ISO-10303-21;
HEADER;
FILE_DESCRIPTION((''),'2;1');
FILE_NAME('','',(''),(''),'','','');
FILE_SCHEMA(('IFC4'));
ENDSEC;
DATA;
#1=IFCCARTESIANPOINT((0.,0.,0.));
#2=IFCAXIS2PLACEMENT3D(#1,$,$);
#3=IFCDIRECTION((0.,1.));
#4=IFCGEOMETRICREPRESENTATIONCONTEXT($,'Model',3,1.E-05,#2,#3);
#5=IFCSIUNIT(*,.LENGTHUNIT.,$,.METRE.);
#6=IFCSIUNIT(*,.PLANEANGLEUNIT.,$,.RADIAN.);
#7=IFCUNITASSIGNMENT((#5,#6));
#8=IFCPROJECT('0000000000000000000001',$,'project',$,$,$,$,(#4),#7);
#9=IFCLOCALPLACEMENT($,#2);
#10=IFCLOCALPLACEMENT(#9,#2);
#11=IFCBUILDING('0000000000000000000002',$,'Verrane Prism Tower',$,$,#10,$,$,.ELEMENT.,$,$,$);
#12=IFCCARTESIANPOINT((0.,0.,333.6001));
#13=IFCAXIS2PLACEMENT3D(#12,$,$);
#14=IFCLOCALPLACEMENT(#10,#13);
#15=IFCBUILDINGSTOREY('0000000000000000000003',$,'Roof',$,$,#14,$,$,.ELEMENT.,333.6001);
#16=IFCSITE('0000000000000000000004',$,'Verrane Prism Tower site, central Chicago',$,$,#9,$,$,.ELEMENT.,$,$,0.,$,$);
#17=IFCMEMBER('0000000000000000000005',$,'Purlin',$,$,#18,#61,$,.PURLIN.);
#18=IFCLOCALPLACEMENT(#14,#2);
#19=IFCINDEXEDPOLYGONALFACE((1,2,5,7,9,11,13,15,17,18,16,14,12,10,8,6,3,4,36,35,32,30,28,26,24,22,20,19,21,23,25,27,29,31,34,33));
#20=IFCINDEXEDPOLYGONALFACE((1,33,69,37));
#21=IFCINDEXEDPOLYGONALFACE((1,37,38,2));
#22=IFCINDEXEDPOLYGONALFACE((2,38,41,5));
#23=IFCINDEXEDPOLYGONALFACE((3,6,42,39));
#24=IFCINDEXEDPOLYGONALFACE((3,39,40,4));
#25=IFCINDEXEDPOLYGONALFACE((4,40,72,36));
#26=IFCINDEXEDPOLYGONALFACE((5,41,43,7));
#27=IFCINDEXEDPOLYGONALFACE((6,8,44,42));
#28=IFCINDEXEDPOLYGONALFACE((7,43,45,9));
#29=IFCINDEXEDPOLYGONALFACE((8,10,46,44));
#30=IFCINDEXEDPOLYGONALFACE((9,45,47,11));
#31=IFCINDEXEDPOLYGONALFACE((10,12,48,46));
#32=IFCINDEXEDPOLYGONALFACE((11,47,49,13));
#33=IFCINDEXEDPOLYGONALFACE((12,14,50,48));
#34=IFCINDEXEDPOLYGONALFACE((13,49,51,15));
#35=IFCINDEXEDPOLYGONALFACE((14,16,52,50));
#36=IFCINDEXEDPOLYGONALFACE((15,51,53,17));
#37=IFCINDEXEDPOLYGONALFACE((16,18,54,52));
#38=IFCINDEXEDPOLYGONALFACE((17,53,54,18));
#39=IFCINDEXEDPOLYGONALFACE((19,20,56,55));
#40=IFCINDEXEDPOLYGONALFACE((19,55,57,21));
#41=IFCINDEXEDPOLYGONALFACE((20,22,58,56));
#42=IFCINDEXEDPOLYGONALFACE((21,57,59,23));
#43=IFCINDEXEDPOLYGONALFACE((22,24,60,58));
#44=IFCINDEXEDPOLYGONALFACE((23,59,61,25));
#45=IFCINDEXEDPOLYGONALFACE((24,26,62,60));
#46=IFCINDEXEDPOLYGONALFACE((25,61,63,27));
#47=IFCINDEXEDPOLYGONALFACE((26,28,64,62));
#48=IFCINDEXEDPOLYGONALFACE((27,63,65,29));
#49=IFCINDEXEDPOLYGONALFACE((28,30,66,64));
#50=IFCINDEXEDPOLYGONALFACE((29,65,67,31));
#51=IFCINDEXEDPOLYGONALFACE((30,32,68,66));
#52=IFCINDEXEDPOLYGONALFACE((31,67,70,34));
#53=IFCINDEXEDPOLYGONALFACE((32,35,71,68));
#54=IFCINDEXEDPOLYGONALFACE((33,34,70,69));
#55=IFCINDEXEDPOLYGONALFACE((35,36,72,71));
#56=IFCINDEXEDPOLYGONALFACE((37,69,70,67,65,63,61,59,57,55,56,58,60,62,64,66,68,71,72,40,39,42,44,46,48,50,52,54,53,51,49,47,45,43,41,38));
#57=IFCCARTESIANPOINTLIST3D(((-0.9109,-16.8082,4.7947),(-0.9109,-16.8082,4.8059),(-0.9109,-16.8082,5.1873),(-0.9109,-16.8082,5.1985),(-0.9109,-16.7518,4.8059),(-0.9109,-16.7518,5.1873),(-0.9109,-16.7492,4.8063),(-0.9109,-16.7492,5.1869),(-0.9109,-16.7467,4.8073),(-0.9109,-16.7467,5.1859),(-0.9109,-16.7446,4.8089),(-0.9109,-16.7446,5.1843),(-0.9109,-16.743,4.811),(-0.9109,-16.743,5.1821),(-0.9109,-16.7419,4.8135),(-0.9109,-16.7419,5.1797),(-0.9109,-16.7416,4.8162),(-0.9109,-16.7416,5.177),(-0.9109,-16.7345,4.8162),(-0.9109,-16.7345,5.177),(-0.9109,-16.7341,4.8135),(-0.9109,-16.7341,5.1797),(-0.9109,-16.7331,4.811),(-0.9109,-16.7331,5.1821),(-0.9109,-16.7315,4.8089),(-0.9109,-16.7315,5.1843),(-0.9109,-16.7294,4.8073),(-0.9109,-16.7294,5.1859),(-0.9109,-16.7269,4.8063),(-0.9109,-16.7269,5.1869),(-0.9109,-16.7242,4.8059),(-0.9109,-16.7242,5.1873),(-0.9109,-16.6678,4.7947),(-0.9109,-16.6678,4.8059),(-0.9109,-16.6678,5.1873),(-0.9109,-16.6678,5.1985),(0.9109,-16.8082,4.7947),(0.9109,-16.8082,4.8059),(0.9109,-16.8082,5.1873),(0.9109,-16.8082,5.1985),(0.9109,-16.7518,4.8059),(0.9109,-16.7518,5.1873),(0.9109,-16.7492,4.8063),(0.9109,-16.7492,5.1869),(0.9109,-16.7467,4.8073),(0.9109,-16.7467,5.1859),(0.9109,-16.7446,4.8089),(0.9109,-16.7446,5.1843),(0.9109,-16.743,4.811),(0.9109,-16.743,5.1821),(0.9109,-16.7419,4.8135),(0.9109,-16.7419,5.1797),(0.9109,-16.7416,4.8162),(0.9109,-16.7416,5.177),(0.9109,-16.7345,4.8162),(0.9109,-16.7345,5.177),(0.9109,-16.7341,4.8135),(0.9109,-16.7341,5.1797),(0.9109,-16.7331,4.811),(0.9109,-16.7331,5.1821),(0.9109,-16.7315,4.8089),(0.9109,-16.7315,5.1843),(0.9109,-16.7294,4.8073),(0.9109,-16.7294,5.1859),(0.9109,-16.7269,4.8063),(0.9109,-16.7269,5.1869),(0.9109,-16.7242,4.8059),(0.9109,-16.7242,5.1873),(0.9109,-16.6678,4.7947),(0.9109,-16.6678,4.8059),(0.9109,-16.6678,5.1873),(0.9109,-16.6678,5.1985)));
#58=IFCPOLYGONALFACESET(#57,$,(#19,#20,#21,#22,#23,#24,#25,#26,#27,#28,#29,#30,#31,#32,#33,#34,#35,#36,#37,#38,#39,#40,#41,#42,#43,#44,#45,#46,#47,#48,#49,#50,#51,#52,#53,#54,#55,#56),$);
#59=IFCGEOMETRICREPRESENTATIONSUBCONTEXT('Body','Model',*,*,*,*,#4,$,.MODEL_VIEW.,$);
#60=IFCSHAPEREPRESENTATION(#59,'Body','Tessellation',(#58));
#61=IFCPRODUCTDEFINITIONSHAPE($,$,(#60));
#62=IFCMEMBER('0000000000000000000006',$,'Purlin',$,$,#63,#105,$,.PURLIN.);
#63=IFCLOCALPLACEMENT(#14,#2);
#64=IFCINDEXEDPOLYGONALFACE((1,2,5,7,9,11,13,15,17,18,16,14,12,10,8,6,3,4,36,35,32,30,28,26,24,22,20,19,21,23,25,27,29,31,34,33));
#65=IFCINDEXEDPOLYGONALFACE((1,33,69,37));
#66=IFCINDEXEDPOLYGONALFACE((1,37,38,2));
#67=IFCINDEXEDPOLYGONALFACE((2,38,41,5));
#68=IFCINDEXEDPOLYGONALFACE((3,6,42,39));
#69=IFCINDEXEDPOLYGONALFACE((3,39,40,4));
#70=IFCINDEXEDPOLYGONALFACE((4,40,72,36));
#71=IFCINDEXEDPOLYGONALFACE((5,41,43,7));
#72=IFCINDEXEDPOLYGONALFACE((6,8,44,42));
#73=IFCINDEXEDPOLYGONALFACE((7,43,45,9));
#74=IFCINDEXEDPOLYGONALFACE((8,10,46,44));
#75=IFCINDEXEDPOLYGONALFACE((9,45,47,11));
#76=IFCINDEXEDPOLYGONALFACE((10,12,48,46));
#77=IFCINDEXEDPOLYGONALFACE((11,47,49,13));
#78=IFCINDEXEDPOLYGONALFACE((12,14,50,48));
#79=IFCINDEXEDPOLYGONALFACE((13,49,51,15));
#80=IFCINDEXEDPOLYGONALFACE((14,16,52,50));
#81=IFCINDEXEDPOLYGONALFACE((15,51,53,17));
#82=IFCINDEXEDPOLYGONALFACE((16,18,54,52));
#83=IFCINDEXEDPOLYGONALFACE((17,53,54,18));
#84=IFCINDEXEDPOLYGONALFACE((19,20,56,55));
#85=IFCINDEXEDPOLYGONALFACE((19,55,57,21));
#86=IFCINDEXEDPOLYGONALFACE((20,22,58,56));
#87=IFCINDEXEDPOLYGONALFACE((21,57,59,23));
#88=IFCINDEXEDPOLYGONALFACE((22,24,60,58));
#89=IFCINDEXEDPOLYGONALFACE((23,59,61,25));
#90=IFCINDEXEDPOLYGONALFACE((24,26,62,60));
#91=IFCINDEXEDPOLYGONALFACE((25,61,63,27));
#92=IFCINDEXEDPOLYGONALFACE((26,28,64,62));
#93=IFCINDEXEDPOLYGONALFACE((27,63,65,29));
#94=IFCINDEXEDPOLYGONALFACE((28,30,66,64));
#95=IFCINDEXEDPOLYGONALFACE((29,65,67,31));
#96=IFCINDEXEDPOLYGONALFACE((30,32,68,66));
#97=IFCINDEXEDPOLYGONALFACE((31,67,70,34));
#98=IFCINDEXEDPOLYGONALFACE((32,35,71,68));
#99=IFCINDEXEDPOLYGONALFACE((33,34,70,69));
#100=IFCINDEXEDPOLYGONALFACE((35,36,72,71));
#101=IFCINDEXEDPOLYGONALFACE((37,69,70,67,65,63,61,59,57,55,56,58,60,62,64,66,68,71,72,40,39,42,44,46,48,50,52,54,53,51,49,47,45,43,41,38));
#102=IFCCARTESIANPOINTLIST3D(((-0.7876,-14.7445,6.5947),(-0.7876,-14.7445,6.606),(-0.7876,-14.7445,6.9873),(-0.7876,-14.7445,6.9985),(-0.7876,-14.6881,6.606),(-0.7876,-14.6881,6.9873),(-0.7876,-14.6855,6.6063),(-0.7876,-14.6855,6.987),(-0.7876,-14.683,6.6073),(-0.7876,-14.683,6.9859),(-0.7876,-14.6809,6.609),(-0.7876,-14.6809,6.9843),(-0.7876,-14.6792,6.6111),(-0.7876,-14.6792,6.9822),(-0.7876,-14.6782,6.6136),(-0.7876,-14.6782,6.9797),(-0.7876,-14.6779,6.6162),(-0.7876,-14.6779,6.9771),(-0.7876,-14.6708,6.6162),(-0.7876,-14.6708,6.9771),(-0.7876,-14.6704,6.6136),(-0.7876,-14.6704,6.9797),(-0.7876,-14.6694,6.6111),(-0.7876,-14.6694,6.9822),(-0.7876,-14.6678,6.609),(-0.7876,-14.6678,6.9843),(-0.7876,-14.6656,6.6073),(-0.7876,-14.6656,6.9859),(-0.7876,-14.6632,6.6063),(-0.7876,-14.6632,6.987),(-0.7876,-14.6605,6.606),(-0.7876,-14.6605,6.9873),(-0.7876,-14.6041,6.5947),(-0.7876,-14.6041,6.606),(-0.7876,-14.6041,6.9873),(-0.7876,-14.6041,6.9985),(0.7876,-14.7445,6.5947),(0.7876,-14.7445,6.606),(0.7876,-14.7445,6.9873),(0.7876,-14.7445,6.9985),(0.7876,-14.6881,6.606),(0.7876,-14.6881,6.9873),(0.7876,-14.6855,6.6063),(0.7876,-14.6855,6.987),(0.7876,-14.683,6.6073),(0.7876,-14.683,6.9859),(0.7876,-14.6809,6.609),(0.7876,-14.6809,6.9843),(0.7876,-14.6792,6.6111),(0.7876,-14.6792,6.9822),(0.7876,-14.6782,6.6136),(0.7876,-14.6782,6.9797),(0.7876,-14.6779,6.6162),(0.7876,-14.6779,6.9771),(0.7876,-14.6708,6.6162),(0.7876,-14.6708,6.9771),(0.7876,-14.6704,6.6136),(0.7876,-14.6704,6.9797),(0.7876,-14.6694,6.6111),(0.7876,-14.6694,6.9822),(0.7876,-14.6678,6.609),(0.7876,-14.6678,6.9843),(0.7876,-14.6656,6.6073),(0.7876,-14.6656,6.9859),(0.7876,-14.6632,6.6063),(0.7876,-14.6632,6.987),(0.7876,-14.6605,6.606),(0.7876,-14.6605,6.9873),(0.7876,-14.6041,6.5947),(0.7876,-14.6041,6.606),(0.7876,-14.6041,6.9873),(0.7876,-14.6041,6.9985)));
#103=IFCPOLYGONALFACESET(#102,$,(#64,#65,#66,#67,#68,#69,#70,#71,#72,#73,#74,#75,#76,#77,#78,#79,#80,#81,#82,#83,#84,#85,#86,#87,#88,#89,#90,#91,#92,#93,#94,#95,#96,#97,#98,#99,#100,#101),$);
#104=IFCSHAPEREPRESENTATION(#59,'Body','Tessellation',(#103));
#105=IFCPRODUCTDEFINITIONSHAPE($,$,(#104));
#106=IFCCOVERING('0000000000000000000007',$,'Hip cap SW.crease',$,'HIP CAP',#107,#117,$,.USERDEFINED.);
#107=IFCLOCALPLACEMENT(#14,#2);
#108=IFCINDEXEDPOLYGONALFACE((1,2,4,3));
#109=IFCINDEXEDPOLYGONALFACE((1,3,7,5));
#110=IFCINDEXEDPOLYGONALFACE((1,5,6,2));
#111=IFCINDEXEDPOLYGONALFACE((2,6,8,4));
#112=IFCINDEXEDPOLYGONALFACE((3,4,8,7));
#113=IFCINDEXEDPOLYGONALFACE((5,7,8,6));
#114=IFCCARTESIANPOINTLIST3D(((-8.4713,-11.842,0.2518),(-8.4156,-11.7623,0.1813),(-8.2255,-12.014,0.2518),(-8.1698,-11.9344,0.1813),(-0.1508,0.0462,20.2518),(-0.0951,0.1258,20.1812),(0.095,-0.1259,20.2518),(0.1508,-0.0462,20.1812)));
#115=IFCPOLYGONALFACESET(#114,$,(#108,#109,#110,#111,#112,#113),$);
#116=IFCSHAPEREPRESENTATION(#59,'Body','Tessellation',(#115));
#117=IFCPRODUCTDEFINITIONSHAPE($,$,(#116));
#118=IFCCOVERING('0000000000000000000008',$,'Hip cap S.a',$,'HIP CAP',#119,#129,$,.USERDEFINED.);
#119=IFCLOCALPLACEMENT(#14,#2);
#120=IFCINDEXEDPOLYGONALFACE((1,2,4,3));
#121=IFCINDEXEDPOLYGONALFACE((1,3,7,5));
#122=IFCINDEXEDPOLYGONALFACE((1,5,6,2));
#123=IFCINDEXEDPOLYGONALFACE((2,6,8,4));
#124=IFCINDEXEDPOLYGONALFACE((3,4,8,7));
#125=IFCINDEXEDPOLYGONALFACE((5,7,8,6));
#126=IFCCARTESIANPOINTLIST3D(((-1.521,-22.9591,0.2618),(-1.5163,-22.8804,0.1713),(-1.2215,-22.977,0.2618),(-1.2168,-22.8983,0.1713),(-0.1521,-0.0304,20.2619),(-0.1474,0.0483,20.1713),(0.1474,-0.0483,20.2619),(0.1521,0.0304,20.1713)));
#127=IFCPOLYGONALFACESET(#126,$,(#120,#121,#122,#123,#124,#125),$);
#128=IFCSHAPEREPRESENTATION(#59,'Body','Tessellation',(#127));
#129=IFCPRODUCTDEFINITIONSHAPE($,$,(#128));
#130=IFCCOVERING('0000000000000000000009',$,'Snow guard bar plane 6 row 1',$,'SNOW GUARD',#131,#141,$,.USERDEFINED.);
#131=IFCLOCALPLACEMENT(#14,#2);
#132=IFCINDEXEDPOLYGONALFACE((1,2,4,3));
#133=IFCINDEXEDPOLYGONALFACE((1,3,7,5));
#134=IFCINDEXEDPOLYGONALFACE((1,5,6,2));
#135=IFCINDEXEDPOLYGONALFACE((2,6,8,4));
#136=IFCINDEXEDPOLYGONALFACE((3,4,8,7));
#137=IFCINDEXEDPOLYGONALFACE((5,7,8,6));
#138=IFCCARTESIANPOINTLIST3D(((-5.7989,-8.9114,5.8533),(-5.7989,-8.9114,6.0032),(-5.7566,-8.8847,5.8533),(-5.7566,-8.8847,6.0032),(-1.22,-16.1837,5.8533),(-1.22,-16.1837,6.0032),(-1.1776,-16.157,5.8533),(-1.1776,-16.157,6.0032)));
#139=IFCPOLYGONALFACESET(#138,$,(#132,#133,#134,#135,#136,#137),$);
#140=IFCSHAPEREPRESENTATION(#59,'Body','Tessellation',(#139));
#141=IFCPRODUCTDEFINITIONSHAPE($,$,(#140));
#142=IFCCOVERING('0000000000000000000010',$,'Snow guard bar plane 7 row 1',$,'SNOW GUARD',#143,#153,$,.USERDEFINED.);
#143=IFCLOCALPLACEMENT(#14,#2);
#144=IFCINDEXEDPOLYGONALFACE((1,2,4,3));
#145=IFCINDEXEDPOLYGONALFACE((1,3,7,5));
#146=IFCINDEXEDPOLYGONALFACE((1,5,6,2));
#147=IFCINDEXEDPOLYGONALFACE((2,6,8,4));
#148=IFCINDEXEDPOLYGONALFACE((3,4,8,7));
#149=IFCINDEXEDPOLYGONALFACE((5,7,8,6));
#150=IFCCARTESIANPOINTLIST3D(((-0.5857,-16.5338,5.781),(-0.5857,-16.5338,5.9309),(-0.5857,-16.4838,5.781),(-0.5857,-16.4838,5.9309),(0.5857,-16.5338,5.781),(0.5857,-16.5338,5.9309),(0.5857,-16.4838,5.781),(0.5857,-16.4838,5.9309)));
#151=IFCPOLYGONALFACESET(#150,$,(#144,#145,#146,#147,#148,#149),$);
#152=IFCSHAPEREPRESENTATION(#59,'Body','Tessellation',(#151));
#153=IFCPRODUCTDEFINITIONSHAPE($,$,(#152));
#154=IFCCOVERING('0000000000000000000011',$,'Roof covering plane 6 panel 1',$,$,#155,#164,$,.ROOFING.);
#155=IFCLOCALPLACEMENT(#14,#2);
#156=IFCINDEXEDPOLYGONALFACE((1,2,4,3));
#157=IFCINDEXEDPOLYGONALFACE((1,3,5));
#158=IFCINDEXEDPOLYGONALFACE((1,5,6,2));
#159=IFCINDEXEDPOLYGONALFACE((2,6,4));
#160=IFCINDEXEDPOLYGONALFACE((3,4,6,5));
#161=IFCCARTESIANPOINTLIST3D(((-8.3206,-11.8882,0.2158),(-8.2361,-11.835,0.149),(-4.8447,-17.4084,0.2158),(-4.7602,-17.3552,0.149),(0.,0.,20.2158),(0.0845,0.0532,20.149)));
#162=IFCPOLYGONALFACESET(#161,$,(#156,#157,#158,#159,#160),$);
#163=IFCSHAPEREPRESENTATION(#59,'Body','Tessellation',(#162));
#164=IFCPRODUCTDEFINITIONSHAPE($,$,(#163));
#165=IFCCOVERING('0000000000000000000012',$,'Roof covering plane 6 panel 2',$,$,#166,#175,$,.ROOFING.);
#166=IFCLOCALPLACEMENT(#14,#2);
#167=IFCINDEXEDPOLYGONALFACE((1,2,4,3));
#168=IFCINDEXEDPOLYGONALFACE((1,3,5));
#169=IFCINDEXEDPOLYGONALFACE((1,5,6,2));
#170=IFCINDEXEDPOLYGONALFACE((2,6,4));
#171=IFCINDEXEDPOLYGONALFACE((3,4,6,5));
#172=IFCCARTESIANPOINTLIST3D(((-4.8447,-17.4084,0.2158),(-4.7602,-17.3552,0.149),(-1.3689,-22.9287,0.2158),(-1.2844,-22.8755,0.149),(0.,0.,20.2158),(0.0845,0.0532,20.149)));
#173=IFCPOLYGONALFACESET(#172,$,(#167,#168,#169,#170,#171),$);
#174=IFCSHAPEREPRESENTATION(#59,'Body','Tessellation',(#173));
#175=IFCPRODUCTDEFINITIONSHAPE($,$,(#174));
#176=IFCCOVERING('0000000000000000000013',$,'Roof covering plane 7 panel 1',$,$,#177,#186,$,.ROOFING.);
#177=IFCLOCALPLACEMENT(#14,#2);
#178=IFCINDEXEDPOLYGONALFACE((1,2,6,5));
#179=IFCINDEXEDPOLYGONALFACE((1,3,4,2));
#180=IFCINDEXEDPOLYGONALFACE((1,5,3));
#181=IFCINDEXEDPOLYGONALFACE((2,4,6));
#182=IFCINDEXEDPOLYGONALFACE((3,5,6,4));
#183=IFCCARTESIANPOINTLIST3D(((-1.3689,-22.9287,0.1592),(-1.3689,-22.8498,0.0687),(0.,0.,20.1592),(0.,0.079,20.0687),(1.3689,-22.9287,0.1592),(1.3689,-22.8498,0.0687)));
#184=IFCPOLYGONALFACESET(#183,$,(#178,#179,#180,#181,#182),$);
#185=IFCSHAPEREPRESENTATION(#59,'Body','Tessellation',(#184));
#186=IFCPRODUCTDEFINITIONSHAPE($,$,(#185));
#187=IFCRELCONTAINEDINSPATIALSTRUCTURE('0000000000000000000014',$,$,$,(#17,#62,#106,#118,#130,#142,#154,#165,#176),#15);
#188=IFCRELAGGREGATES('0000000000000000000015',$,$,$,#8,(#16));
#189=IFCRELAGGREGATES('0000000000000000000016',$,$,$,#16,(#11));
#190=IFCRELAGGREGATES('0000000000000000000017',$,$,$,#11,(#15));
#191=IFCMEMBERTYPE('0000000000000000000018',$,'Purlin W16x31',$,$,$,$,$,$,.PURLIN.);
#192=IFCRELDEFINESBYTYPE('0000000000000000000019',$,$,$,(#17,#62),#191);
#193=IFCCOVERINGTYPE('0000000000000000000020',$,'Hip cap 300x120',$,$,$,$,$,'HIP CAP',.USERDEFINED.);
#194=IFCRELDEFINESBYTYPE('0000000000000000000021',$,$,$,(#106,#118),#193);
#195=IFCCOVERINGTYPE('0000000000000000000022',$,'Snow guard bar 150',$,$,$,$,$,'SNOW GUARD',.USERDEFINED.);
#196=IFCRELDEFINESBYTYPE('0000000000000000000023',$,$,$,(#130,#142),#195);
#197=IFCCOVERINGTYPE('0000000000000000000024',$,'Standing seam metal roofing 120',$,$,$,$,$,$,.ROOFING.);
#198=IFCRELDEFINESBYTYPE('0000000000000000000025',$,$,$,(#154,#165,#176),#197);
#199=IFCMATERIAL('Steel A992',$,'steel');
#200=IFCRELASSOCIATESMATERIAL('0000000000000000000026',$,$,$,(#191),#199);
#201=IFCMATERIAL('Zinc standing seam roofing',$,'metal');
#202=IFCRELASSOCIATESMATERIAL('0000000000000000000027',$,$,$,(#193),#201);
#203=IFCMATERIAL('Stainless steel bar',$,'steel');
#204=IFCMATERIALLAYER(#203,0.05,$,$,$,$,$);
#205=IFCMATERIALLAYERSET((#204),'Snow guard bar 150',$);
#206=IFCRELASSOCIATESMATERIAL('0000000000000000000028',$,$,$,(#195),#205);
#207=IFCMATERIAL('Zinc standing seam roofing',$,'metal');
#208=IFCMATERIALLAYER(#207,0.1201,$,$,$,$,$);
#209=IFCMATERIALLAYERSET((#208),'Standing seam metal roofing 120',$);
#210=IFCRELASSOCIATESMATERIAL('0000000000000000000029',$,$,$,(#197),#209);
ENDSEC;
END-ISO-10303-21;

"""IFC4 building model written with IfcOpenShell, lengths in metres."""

from ifc_helpers import new_model, si_unit, direction, frame, origin, origin_2d, place, context, subcontext, project, spatial, polyline, rectangle, i_section, outline, extrude, material, layer, layer_set, material_profile, profile_set, type_object, element, save


model = new_model("IFC4")

# Units and contexts
model_context = context("Model", 3, precision=1e-05, world=origin(), true_north=direction((0.0, 1.0)))
body_context = subcontext(model_context, "Body", "Model", "MODEL_VIEW")
ifc_project = project(units=[si_unit("LENGTHUNIT", "METRE"), si_unit("PLANEANGLEUNIT", "RADIAN")], contexts=[model_context])

# Site, building, storey
site_placement = place(None, origin())
site = spatial("IfcSite", under=ifc_project, at=site_placement, Name="Verrane Prism Tower site, central Chicago", CompositionType="ELEMENT", RefElevation=0.0)
building_placement = place(site_placement, origin())
building = spatial("IfcBuilding", under=site, at=building_placement, Name="Verrane Prism Tower", CompositionType="ELEMENT")
storey_placement = place(building_placement, frame((0.0, 0.0, 333.6001)))
storey = spatial("IfcBuildingStorey", under=building, at=storey_placement, Name="Roof", CompositionType="ELEMENT", Elevation=333.6001)

# Members
ifc_material_1 = material(Name="Steel A992", Category="steel")
ifc_material_profile_1 = material_profile(ifc_material_1, i_section(OverallWidth=0.1404, OverallDepth=0.4038, WebThickness=0.0071, FlangeThickness=0.0112, FilletRadius=0.0103, at=origin_2d()), Name="W16x31")
ifc_profile_set_1 = profile_set([ifc_material_profile_1], Name="Steel A992")
member_type_1 = type_object("IfcMemberType", Name="Purlin W16x31", PredefinedType="PURLIN", material=ifc_profile_set_1)
member_1_placement = place(storey_placement, frame((-0.9109, -16.738, 4.9966), z_axis=(1.0, 0.0, 0.0), x_axis=(0.0, 1.0, 0.0)))
element("IfcMember", 1, at=member_1_placement, inside=storey, type_object=member_type_1, Name="Purlin", PredefinedType="PURLIN", context=body_context, shape_type="SweptSolid", body=[
    extrude(i_section(OverallWidth=0.1404, OverallDepth=0.4038, WebThickness=0.0071, FlangeThickness=0.0112, FilletRadius=0.0103, at=origin_2d()), origin(), (0.0, 0.0, 1.0), 1.8218),
])
member_2_placement = place(storey_placement, frame((-0.7876, -14.6743, 6.7966), z_axis=(1.0, 0.0, 0.0), x_axis=(0.0, 1.0, 0.0)))
element("IfcMember", 2, at=member_2_placement, inside=storey, type_object=member_type_1, Name="Purlin", PredefinedType="PURLIN", context=body_context, shape_type="SweptSolid", body=[
    extrude(i_section(OverallWidth=0.1404, OverallDepth=0.4038, WebThickness=0.0071, FlangeThickness=0.0112, FilletRadius=0.0103, at=origin_2d()), origin(), (0.0, 0.0, 1.0), 1.5752),
])

# Coverings
ifc_material_2 = material(Name="Zinc standing seam roofing", Category="metal")
ifc_material_profile_2 = material_profile(ifc_material_2, rectangle(XDim=0.3, YDim=0.1201, at=origin_2d()), Name="Hip cap 300x120")
ifc_profile_set_2 = profile_set([ifc_material_profile_2], Name="Zinc standing seam roofing")
covering_type_1 = type_object("IfcCoveringType", Name="Hip cap 300x120", ElementType="HIP CAP", PredefinedType="USERDEFINED", material=ifc_profile_set_2)
covering_1_placement = place(storey_placement, frame((-8.3206, -11.8882, 0.2166), z_axis=(0.336735, 0.481117, 0.809405), x_axis=(-0.81927, 0.573408, 0.0)))
element("IfcCovering", 3, at=covering_1_placement, inside=storey, type_object=covering_type_1, Name="Hip cap SW.crease", ObjectType="HIP CAP", PredefinedType="USERDEFINED", context=body_context, shape_type="SweptSolid", body=[
    extrude(rectangle(XDim=0.3, YDim=0.1201, at=origin_2d()), origin(), (0.0, 0.0, 1.0), 24.7095),
])
covering_2_placement = place(storey_placement, frame((-1.3689, -22.9287, 0.2166), z_axis=(0.044946, 0.752834, 0.656674), x_axis=(-0.998223, 0.059596, 0.0)))
element("IfcCovering", 4, at=covering_2_placement, inside=storey, type_object=covering_type_1, Name="Hip cap S.a", ObjectType="HIP CAP", PredefinedType="USERDEFINED", context=body_context, shape_type="SweptSolid", body=[
    extrude(rectangle(XDim=0.3, YDim=0.1201, at=origin_2d()), origin(), (0.0, 0.0, 1.0), 30.4565),
])
ifc_material_3 = material(Name="Stainless steel bar", Category="steel")
ifc_layer_1 = layer(ifc_material_3, 0.05)
ifc_layer_set_1 = layer_set([ifc_layer_1], Name="Snow guard bar 150")
covering_type_2 = type_object("IfcCoveringType", Name="Snow guard bar 150", ElementType="SNOW GUARD", PredefinedType="USERDEFINED", material=ifc_layer_set_1)
covering_3_placement = place(storey_placement, frame((-3.4883, -12.5342, 5.8533), z_axis=(0.0, 0.0, 1.0), x_axis=(0.532819, -0.846229, 0.0)))
element("IfcCovering", 5, at=covering_3_placement, inside=storey, type_object=covering_type_2, Name="Snow guard bar plane 6 row 1", ObjectType="SNOW GUARD", PredefinedType="USERDEFINED", context=body_context, shape_type="SweptSolid", body=[
    extrude(rectangle(XDim=8.5938, YDim=0.05, at=origin_2d()), origin(), (0.0, 0.0, 1.0), 0.1499),
])
covering_4_placement = place(storey_placement, frame((0.0, -16.5088, 5.781), z_axis=(0.0, 0.0, 1.0), x_axis=(1.0, 0.0, 0.0)))
element("IfcCovering", 6, at=covering_4_placement, inside=storey, type_object=covering_type_2, Name="Snow guard bar plane 7 row 1", ObjectType="SNOW GUARD", PredefinedType="USERDEFINED", context=body_context, shape_type="SweptSolid", body=[
    extrude(rectangle(XDim=1.1714, YDim=0.05, at=origin_2d()), origin(), (0.0, 0.0, 1.0), 0.1499),
])
ifc_material_4 = material(Name="Zinc standing seam roofing", Category="metal")
ifc_layer_2 = layer(ifc_material_4, 0.1201)
ifc_layer_set_2 = layer_set([ifc_layer_2], Name="Standing seam metal roofing 120")
covering_type_3 = type_object("IfcCoveringType", Name="Standing seam metal roofing 120", PredefinedType="ROOFING", material=ifc_layer_set_2)
covering_5_placement = place(storey_placement, frame((-8.3206, -11.8882, 0.2158), z_axis=(-0.703419, -0.442907, 0.55591), x_axis=(0.532825, -0.846225, 0.0)))
element("IfcCovering", 7, at=covering_5_placement, inside=storey, type_object=covering_type_3, Name="Roof covering plane 6 panel 1", PredefinedType="ROOFING", context=body_context, shape_type="SweptSolid", body=[
    extrude(outline(polyline([(0.0, 0.0), (6.5234, 0.0), (-5.6267, 24.0604), (0.0, 0.0)])), origin(), (0.0, 0.0, -1.0), 0.1201),
])
covering_6_placement = place(storey_placement, frame((-4.8447, -17.4084, 0.2158), z_axis=(-0.703419, -0.442907, 0.55591), x_axis=(0.532825, -0.846225, 0.0)))
element("IfcCovering", 8, at=covering_6_placement, inside=storey, type_object=covering_type_3, Name="Roof covering plane 6 panel 2", PredefinedType="ROOFING", context=body_context, shape_type="SweptSolid", body=[
    extrude(outline(polyline([(0.0, 0.0), (6.5234, 0.0), (-12.1501, 24.0604), (0.0, 0.0)])), origin(), (0.0, 0.0, -1.0), 0.1201),
])
covering_7_placement = place(storey_placement, frame((-1.3689, -22.9287, 0.1592), z_axis=(0.0, -0.657338, 0.753596), x_axis=(1.0, 0.0, 0.0)))
element("IfcCovering", 9, at=covering_7_placement, inside=storey, type_object=covering_type_3, Name="Roof covering plane 7 panel 1", PredefinedType="ROOFING", context=body_context, shape_type="SweptSolid", body=[
    extrude(outline(polyline([(0.0, 0.0), (2.7378, 0.0), (1.3689, 30.4257), (0.0, 0.0)])), origin(), (0.0, 0.0, -1.0), 0.1201),
])

save(model, "model.ifc")
